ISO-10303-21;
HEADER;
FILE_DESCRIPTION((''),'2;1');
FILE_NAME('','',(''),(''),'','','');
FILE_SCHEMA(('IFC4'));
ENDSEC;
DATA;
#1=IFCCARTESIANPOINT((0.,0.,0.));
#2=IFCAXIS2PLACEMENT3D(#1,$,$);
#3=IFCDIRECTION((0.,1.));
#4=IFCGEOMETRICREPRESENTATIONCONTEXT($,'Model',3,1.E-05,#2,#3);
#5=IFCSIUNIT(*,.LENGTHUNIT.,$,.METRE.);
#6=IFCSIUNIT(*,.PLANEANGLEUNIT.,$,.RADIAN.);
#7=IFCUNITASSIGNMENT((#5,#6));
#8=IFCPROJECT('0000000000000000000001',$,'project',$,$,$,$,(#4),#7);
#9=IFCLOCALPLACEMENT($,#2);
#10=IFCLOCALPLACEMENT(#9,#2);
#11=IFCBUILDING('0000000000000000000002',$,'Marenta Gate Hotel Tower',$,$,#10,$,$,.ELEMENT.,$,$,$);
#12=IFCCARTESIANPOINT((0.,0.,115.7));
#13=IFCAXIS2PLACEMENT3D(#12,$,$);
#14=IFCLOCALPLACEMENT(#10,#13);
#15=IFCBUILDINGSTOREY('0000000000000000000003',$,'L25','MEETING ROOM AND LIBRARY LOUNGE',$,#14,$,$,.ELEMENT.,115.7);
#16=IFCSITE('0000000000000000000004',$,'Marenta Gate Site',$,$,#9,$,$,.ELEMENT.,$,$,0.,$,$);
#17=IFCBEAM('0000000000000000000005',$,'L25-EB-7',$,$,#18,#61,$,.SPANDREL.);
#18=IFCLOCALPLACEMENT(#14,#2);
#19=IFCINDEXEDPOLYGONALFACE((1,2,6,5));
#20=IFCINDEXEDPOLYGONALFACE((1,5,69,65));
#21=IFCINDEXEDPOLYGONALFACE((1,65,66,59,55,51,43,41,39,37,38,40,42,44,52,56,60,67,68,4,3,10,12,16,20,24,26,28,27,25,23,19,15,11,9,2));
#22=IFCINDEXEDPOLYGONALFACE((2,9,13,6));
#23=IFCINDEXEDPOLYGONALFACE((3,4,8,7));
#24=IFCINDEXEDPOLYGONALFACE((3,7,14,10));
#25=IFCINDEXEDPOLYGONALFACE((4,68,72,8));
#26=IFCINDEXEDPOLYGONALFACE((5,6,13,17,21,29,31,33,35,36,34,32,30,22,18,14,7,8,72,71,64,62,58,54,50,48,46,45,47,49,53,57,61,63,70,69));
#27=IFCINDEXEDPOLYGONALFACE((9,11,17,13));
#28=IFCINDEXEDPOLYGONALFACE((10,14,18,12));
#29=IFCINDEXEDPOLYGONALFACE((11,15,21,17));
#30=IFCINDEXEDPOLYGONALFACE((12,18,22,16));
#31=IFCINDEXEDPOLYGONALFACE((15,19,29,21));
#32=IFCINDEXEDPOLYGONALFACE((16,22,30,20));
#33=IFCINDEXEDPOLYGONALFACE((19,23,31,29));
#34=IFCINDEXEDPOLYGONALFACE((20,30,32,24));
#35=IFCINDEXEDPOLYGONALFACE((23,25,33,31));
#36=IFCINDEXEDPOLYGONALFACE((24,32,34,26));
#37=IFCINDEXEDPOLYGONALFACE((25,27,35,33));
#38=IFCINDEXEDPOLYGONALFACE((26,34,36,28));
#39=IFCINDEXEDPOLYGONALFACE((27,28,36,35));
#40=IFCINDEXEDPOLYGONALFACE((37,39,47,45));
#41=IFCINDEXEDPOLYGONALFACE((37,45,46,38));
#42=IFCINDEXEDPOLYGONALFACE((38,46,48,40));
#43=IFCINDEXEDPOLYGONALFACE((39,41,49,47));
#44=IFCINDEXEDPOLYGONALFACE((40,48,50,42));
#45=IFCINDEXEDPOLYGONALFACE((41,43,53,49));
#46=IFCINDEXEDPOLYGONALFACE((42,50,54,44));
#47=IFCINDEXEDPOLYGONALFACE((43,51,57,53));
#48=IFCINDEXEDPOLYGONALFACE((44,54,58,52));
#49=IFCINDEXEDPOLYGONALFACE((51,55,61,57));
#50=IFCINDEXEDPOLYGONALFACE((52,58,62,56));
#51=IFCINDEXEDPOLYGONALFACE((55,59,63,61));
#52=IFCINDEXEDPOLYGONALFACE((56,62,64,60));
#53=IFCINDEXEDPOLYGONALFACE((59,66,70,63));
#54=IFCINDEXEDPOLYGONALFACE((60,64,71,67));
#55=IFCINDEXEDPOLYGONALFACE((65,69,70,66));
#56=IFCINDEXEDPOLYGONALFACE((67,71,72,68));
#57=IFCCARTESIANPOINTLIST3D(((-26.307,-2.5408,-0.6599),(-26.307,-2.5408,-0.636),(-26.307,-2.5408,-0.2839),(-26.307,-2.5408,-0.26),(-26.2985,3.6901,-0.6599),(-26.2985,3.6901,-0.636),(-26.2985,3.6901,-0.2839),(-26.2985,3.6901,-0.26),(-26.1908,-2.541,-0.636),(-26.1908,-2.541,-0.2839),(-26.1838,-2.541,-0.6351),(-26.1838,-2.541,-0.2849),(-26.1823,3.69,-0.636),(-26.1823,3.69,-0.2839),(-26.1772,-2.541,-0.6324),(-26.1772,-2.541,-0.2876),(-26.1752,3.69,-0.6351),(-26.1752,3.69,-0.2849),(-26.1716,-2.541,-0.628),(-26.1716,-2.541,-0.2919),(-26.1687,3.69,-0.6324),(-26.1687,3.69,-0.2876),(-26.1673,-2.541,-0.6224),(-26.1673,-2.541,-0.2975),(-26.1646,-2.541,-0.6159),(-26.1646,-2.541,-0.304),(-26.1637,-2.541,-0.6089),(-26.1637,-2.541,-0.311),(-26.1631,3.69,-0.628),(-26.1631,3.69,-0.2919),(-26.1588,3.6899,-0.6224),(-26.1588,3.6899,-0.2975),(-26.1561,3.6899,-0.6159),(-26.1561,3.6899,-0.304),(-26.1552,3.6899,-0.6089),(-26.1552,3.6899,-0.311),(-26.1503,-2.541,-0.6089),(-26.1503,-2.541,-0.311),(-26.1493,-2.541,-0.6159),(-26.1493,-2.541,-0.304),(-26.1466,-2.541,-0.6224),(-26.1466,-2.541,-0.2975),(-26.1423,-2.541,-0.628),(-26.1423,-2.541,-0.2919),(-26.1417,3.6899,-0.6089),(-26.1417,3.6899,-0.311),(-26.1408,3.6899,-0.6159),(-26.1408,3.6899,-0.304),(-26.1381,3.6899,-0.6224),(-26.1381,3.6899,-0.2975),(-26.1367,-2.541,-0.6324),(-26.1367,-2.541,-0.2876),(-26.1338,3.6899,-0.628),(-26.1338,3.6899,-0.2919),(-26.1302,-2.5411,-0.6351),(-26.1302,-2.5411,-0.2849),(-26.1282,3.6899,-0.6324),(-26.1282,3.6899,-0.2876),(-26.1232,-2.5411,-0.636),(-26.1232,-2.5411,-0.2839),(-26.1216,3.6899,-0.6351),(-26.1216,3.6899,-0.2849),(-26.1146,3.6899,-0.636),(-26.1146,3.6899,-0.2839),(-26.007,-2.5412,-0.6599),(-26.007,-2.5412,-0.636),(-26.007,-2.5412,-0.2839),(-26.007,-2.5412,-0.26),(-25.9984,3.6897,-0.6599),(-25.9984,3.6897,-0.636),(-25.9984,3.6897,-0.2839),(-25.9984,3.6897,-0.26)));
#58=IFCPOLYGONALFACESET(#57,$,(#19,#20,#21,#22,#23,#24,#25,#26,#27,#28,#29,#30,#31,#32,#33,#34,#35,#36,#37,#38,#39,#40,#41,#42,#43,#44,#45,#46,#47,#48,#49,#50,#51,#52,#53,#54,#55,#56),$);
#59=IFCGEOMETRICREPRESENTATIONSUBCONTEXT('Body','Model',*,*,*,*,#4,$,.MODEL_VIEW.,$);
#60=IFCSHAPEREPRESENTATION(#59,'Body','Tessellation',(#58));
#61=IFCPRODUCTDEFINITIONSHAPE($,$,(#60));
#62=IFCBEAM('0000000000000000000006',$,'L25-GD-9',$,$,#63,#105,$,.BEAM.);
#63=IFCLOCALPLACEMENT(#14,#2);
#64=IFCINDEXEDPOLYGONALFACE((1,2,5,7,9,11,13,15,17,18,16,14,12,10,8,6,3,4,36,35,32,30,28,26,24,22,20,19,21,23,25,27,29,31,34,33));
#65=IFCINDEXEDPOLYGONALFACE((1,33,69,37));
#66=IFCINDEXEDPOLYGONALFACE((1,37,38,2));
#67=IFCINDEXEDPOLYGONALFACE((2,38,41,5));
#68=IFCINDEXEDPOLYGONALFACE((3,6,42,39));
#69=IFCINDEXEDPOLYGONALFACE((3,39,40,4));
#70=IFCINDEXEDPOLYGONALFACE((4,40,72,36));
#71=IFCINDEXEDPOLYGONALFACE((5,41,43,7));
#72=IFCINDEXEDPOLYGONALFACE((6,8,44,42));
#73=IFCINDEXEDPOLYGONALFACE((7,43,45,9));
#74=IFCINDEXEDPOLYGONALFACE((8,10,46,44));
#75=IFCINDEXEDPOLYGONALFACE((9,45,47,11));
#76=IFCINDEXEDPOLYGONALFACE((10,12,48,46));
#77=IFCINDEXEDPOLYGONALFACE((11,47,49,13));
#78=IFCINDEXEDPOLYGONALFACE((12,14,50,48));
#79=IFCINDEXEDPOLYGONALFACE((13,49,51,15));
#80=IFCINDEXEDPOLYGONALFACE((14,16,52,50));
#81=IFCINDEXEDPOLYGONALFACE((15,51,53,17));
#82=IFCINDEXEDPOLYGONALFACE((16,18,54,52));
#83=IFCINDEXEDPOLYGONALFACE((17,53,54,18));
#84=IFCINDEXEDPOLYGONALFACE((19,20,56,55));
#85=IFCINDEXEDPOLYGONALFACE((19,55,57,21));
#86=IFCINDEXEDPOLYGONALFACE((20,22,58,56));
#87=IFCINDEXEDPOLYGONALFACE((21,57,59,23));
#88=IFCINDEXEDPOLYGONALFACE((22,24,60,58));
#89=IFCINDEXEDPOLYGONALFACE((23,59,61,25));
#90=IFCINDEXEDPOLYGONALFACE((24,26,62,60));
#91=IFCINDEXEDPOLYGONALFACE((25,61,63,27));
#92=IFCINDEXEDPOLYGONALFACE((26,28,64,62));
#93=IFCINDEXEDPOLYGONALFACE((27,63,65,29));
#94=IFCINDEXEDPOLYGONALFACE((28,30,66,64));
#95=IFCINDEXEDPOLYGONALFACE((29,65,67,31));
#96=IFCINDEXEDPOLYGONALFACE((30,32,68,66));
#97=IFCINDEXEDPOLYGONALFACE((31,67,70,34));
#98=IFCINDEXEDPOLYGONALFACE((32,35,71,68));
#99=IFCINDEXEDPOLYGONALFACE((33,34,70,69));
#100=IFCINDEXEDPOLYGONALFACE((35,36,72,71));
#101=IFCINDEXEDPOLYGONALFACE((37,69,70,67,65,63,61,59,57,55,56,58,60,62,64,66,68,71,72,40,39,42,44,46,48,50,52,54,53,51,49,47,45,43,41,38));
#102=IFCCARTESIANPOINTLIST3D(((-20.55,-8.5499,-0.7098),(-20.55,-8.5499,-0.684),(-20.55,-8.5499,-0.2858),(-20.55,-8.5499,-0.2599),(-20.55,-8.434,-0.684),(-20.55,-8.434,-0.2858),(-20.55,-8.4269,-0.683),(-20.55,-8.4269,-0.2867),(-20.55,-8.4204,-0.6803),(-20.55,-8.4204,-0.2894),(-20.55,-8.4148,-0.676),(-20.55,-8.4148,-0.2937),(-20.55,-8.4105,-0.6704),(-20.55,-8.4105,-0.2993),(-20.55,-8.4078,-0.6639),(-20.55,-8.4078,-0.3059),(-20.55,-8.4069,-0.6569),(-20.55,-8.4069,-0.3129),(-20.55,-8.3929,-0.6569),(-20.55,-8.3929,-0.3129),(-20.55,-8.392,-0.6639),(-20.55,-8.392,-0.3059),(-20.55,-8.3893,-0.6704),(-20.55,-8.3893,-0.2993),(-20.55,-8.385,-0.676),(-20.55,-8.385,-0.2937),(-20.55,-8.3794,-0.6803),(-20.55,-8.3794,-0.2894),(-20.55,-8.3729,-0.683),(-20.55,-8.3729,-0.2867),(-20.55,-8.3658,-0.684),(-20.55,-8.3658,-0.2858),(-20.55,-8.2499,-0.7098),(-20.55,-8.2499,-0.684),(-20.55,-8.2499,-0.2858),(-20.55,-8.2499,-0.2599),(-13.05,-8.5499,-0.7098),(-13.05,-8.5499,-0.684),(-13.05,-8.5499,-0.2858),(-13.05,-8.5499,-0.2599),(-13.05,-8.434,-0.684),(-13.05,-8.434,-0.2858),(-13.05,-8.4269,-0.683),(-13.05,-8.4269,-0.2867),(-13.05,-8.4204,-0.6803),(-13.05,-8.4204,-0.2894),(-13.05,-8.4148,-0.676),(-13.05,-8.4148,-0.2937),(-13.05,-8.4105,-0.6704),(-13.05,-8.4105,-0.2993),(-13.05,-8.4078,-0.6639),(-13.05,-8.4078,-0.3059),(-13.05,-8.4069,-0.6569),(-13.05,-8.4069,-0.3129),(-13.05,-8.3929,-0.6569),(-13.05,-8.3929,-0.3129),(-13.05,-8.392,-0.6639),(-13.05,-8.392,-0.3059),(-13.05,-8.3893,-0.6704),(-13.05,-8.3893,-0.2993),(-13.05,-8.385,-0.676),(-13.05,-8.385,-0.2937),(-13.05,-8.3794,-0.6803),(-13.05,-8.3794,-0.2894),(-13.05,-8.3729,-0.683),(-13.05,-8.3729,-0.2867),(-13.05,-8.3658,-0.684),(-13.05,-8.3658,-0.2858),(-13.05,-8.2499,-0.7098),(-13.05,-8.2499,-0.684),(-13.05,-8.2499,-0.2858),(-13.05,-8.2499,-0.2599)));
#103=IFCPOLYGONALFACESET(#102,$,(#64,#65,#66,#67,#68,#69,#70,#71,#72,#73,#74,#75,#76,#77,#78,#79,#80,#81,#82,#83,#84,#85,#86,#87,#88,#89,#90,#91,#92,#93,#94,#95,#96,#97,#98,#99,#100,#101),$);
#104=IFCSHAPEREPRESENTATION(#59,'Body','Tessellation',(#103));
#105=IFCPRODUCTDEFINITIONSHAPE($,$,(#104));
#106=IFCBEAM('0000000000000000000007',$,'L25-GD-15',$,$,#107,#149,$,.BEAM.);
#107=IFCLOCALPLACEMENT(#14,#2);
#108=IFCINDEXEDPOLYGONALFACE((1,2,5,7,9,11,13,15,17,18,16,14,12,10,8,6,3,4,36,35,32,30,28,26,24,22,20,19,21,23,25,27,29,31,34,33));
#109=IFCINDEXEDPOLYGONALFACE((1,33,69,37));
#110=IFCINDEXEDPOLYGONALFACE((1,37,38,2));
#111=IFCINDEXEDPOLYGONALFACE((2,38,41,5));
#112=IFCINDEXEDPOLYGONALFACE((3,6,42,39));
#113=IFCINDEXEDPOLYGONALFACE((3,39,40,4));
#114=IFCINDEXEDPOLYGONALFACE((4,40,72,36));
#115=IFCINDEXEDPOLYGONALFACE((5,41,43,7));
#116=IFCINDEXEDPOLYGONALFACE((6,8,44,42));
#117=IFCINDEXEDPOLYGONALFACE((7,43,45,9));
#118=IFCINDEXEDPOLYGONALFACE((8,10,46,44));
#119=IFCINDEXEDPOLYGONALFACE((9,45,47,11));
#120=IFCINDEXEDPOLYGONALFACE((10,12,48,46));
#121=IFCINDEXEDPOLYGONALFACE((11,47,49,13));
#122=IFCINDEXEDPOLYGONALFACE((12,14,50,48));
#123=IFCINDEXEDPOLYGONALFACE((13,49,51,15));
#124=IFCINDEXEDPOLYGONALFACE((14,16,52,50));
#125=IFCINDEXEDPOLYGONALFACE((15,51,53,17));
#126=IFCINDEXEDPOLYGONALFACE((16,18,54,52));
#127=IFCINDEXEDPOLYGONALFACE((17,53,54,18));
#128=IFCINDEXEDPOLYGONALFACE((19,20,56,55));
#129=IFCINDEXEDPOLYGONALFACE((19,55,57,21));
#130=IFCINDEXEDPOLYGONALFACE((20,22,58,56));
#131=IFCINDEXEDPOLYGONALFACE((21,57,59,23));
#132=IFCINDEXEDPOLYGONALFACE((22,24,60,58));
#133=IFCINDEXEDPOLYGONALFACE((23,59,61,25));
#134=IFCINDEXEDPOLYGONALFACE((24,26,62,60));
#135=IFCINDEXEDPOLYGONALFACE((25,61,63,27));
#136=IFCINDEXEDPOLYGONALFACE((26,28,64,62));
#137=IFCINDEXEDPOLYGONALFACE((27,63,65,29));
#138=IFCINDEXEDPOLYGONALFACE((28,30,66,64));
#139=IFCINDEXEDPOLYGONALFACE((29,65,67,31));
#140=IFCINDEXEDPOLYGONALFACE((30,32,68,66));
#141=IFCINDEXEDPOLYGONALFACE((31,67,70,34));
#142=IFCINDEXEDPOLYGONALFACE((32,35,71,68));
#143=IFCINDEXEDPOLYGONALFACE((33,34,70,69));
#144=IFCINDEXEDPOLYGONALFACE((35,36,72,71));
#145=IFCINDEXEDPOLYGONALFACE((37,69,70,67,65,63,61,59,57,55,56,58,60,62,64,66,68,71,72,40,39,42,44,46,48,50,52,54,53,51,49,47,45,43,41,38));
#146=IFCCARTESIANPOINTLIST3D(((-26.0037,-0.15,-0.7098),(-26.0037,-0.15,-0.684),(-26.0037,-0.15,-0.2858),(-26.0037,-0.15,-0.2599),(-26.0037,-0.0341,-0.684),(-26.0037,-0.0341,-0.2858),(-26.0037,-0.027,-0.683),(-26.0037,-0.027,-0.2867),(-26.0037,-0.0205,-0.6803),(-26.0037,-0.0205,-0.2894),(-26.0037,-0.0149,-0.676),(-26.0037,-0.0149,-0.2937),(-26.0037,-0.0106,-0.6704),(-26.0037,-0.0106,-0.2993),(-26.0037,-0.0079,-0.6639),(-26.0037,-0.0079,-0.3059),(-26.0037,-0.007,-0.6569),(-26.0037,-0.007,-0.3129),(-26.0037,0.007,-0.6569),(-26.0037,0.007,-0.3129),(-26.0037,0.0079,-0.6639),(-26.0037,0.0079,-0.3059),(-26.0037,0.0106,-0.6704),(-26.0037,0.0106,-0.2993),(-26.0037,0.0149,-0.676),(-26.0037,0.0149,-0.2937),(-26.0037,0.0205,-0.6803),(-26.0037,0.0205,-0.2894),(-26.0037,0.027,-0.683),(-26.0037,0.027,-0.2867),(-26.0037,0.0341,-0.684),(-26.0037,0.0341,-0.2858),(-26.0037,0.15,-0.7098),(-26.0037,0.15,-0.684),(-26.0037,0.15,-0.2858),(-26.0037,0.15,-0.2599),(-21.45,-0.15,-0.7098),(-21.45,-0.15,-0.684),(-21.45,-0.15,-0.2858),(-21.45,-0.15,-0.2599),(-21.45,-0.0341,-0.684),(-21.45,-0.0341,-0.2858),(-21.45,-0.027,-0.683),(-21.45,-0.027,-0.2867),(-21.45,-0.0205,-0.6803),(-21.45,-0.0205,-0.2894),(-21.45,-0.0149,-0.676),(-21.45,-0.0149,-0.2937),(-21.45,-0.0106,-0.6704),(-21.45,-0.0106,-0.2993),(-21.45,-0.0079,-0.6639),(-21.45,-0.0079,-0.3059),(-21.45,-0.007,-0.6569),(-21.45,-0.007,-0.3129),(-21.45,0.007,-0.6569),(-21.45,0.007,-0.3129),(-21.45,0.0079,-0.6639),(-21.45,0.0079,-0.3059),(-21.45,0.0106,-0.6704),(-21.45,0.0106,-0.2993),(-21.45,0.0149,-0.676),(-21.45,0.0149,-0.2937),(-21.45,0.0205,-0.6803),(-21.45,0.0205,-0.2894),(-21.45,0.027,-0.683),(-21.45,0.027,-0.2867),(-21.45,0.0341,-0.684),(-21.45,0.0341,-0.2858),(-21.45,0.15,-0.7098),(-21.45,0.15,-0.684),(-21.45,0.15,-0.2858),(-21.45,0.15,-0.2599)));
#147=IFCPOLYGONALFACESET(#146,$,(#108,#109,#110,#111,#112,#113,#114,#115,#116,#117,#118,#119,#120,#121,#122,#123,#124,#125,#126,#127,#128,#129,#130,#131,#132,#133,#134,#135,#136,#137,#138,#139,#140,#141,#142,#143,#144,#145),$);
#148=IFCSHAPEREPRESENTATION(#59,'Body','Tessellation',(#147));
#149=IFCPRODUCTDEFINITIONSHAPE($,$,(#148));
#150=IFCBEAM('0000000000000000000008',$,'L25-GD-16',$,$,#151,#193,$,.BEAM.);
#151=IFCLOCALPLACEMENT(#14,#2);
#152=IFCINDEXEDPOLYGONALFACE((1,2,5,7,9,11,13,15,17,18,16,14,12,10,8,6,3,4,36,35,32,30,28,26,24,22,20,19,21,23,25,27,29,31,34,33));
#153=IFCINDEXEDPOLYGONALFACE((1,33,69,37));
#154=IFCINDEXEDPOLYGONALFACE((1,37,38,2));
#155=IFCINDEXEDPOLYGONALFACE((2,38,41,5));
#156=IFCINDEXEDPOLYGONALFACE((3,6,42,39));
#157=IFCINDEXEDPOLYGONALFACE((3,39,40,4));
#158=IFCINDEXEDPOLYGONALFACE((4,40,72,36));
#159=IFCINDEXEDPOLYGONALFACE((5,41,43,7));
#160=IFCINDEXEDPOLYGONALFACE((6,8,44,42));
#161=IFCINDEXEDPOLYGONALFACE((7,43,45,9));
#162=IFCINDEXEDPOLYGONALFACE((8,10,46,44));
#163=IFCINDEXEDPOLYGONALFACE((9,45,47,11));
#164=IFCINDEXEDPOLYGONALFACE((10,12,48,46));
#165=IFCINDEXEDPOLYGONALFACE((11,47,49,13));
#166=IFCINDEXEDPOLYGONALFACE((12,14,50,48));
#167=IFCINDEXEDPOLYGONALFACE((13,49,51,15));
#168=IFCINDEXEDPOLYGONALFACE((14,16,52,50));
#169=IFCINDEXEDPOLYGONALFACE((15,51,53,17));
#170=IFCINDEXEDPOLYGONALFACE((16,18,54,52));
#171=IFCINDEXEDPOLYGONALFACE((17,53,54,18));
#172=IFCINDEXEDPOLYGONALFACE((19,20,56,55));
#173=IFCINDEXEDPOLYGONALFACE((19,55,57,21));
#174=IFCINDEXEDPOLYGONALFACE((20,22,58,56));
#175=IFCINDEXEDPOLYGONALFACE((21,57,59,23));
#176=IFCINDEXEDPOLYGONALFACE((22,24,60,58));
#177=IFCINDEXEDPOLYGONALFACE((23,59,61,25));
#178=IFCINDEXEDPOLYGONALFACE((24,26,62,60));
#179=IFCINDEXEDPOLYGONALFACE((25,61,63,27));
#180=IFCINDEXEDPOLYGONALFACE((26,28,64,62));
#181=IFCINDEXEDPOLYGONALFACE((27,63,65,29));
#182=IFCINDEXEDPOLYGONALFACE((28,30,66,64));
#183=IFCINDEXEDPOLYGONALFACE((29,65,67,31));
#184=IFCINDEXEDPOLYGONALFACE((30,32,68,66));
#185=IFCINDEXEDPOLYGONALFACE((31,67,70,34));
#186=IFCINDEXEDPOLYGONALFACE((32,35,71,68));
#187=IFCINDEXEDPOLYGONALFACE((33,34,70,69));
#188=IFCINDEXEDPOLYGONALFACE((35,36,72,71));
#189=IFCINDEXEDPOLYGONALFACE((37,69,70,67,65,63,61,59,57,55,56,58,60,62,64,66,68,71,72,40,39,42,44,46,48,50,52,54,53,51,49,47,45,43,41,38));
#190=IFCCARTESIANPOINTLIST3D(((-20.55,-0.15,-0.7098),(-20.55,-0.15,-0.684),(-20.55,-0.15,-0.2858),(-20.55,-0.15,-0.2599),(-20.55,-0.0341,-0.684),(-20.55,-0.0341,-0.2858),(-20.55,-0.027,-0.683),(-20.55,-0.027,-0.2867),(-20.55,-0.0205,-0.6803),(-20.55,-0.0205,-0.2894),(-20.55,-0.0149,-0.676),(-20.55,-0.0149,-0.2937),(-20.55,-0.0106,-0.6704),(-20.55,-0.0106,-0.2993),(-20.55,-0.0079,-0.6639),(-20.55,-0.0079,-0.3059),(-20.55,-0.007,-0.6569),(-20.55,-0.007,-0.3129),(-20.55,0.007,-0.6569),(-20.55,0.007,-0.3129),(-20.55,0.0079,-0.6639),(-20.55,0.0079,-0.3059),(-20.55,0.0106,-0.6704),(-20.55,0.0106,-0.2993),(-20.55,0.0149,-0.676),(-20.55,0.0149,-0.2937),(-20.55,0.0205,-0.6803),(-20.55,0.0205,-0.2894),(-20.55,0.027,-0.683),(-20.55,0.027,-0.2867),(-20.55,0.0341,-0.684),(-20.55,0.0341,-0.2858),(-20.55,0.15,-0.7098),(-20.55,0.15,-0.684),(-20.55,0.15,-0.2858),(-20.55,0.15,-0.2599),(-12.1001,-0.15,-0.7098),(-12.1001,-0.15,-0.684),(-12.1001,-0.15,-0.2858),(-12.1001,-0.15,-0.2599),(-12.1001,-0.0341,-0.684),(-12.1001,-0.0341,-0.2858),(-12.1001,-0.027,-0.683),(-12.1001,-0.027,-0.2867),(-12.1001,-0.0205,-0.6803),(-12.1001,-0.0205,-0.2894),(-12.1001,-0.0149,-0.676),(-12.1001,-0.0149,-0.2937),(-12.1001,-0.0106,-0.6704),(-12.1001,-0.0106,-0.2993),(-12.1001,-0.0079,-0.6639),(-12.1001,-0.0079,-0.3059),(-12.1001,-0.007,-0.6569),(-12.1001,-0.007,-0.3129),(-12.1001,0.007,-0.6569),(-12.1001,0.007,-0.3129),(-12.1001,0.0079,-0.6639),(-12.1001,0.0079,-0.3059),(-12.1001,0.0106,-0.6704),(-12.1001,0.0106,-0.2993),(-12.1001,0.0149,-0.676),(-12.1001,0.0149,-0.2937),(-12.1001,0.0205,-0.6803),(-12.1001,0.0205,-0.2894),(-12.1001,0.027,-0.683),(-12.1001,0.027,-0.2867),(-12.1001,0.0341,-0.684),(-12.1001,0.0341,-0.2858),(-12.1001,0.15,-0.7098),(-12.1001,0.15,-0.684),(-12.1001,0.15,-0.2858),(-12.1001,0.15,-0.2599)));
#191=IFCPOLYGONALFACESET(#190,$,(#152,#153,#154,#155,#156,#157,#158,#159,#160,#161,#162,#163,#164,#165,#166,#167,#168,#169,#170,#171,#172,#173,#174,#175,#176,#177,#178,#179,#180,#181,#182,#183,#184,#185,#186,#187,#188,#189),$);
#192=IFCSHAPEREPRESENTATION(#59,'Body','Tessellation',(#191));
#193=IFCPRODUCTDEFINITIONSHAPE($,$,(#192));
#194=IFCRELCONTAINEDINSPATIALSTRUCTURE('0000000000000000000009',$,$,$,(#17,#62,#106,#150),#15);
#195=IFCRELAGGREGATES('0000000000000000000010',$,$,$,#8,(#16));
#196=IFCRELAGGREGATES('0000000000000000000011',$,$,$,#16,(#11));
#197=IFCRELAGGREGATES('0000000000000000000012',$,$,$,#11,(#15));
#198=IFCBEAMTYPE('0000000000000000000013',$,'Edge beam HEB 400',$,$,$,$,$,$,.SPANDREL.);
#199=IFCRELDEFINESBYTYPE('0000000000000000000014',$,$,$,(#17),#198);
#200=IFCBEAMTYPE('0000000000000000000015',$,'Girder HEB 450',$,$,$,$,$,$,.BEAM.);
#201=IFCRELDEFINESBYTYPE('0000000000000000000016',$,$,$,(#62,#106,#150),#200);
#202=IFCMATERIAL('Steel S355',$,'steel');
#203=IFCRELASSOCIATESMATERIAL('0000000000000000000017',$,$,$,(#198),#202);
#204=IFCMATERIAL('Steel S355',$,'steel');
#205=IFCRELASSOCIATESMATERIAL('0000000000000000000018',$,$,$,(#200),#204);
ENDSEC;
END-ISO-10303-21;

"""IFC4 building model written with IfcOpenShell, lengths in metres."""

from ifc_helpers import new_model, si_unit, direction, frame, origin, origin_2d, place, context, subcontext, project, spatial, i_section, extrude, material, material_profile, profile_set, type_object, element, save


model = new_model("IFC4")

# Units and contexts
model_context = context("Model", 3, precision=1e-05, world=origin(), true_north=direction((0.0, 1.0)))
body_context = subcontext(model_context, "Body", "Model", "MODEL_VIEW")
ifc_project = project(units=[si_unit("LENGTHUNIT", "METRE"), si_unit("PLANEANGLEUNIT", "RADIAN")], contexts=[model_context])

# Site, building, storey
site_placement = place(None, origin())
site = spatial("IfcSite", under=ifc_project, at=site_placement, Name="Marenta Gate Site", CompositionType="ELEMENT", RefElevation=0.0)
building_placement = place(site_placement, origin())
building = spatial("IfcBuilding", under=site, at=building_placement, Name="Marenta Gate Hotel Tower", CompositionType="ELEMENT")
storey_placement = place(building_placement, frame((0.0, 0.0, 115.7)))
storey = spatial("IfcBuildingStorey", under=building, at=storey_placement, Name="L25", Description="MEETING ROOM AND LIBRARY LOUNGE", CompositionType="ELEMENT", Elevation=115.7)

# Beams
ifc_material_1 = material(Name="Steel S355", Category="steel")
ifc_material_profile_1 = material_profile(ifc_material_1, i_section(OverallWidth=0.3, OverallDepth=0.3999, WebThickness=0.0134, FlangeThickness=0.0239, FilletRadius=0.0271, at=origin_2d()), Name="HEB 400")
ifc_profile_set_1 = profile_set([ifc_material_profile_1], Name="Steel S355")
beam_type_1 = type_object("IfcBeamType", Name="Edge beam HEB 400", PredefinedType="SPANDREL", material=ifc_profile_set_1)
beam_1_placement = place(storey_placement, frame((-26.157, -2.541, -0.46), z_axis=(0.001371, 0.999999, 0.0), x_axis=(-0.999999, 0.001371, 0.0)))
element("IfcBeam", 1, at=beam_1_placement, inside=storey, type_object=beam_type_1, Name="L25-EB-7", PredefinedType="SPANDREL", context=body_context, shape_type="SweptSolid", body=[
    extrude(i_section(OverallWidth=0.3, OverallDepth=0.3999, WebThickness=0.0134, FlangeThickness=0.0239, FilletRadius=0.0271, at=origin_2d()), origin(), (0.0, 0.0, 1.0), 6.231),
])
ifc_material_2 = material(Name="Steel S355", Category="steel")
ifc_material_profile_2 = material_profile(ifc_material_2, i_section(OverallWidth=0.3, OverallDepth=0.45, WebThickness=0.0139, FlangeThickness=0.0259, FilletRadius=0.0271, at=origin_2d()), Name="HEB 450")
ifc_profile_set_2 = profile_set([ifc_material_profile_2], Name="Steel S355")
beam_type_2 = type_object("IfcBeamType", Name="Girder HEB 450", PredefinedType="BEAM", material=ifc_profile_set_2)
beam_2_placement = place(storey_placement, frame((-20.55, -8.3999, -0.4849), z_axis=(1.0, 0.0, 0.0), x_axis=(0.0, 1.0, 0.0)))
element("IfcBeam", 2, at=beam_2_placement, inside=storey, type_object=beam_type_2, Name="L25-GD-9", PredefinedType="BEAM", context=body_context, shape_type="SweptSolid", body=[
    extrude(i_section(OverallWidth=0.3, OverallDepth=0.45, WebThickness=0.0139, FlangeThickness=0.0259, FilletRadius=0.0271, at=origin_2d()), origin(), (0.0, 0.0, 1.0), 7.5),
])
beam_3_placement = place(storey_placement, frame((-26.0037, 0.0, -0.4849), z_axis=(1.0, 0.0, 0.0), x_axis=(0.0, 1.0, 0.0)))
element("IfcBeam", 3, at=beam_3_placement, inside=storey, type_object=beam_type_2, Name="L25-GD-15", PredefinedType="BEAM", context=body_context, shape_type="SweptSolid", body=[
    extrude(i_section(OverallWidth=0.3, OverallDepth=0.45, WebThickness=0.0139, FlangeThickness=0.0259, FilletRadius=0.0271, at=origin_2d()), origin(), (0.0, 0.0, 1.0), 4.5537),
])
beam_4_placement = place(storey_placement, frame((-20.55, 0.0, -0.4849), z_axis=(1.0, 0.0, 0.0), x_axis=(0.0, 1.0, 0.0)))
element("IfcBeam", 4, at=beam_4_placement, inside=storey, type_object=beam_type_2, Name="L25-GD-16", PredefinedType="BEAM", context=body_context, shape_type="SweptSolid", body=[
    extrude(i_section(OverallWidth=0.3, OverallDepth=0.45, WebThickness=0.0139, FlangeThickness=0.0259, FilletRadius=0.0271, at=origin_2d()), origin(), (0.0, 0.0, 1.0), 8.45),
])

save(model, "model.ifc")
